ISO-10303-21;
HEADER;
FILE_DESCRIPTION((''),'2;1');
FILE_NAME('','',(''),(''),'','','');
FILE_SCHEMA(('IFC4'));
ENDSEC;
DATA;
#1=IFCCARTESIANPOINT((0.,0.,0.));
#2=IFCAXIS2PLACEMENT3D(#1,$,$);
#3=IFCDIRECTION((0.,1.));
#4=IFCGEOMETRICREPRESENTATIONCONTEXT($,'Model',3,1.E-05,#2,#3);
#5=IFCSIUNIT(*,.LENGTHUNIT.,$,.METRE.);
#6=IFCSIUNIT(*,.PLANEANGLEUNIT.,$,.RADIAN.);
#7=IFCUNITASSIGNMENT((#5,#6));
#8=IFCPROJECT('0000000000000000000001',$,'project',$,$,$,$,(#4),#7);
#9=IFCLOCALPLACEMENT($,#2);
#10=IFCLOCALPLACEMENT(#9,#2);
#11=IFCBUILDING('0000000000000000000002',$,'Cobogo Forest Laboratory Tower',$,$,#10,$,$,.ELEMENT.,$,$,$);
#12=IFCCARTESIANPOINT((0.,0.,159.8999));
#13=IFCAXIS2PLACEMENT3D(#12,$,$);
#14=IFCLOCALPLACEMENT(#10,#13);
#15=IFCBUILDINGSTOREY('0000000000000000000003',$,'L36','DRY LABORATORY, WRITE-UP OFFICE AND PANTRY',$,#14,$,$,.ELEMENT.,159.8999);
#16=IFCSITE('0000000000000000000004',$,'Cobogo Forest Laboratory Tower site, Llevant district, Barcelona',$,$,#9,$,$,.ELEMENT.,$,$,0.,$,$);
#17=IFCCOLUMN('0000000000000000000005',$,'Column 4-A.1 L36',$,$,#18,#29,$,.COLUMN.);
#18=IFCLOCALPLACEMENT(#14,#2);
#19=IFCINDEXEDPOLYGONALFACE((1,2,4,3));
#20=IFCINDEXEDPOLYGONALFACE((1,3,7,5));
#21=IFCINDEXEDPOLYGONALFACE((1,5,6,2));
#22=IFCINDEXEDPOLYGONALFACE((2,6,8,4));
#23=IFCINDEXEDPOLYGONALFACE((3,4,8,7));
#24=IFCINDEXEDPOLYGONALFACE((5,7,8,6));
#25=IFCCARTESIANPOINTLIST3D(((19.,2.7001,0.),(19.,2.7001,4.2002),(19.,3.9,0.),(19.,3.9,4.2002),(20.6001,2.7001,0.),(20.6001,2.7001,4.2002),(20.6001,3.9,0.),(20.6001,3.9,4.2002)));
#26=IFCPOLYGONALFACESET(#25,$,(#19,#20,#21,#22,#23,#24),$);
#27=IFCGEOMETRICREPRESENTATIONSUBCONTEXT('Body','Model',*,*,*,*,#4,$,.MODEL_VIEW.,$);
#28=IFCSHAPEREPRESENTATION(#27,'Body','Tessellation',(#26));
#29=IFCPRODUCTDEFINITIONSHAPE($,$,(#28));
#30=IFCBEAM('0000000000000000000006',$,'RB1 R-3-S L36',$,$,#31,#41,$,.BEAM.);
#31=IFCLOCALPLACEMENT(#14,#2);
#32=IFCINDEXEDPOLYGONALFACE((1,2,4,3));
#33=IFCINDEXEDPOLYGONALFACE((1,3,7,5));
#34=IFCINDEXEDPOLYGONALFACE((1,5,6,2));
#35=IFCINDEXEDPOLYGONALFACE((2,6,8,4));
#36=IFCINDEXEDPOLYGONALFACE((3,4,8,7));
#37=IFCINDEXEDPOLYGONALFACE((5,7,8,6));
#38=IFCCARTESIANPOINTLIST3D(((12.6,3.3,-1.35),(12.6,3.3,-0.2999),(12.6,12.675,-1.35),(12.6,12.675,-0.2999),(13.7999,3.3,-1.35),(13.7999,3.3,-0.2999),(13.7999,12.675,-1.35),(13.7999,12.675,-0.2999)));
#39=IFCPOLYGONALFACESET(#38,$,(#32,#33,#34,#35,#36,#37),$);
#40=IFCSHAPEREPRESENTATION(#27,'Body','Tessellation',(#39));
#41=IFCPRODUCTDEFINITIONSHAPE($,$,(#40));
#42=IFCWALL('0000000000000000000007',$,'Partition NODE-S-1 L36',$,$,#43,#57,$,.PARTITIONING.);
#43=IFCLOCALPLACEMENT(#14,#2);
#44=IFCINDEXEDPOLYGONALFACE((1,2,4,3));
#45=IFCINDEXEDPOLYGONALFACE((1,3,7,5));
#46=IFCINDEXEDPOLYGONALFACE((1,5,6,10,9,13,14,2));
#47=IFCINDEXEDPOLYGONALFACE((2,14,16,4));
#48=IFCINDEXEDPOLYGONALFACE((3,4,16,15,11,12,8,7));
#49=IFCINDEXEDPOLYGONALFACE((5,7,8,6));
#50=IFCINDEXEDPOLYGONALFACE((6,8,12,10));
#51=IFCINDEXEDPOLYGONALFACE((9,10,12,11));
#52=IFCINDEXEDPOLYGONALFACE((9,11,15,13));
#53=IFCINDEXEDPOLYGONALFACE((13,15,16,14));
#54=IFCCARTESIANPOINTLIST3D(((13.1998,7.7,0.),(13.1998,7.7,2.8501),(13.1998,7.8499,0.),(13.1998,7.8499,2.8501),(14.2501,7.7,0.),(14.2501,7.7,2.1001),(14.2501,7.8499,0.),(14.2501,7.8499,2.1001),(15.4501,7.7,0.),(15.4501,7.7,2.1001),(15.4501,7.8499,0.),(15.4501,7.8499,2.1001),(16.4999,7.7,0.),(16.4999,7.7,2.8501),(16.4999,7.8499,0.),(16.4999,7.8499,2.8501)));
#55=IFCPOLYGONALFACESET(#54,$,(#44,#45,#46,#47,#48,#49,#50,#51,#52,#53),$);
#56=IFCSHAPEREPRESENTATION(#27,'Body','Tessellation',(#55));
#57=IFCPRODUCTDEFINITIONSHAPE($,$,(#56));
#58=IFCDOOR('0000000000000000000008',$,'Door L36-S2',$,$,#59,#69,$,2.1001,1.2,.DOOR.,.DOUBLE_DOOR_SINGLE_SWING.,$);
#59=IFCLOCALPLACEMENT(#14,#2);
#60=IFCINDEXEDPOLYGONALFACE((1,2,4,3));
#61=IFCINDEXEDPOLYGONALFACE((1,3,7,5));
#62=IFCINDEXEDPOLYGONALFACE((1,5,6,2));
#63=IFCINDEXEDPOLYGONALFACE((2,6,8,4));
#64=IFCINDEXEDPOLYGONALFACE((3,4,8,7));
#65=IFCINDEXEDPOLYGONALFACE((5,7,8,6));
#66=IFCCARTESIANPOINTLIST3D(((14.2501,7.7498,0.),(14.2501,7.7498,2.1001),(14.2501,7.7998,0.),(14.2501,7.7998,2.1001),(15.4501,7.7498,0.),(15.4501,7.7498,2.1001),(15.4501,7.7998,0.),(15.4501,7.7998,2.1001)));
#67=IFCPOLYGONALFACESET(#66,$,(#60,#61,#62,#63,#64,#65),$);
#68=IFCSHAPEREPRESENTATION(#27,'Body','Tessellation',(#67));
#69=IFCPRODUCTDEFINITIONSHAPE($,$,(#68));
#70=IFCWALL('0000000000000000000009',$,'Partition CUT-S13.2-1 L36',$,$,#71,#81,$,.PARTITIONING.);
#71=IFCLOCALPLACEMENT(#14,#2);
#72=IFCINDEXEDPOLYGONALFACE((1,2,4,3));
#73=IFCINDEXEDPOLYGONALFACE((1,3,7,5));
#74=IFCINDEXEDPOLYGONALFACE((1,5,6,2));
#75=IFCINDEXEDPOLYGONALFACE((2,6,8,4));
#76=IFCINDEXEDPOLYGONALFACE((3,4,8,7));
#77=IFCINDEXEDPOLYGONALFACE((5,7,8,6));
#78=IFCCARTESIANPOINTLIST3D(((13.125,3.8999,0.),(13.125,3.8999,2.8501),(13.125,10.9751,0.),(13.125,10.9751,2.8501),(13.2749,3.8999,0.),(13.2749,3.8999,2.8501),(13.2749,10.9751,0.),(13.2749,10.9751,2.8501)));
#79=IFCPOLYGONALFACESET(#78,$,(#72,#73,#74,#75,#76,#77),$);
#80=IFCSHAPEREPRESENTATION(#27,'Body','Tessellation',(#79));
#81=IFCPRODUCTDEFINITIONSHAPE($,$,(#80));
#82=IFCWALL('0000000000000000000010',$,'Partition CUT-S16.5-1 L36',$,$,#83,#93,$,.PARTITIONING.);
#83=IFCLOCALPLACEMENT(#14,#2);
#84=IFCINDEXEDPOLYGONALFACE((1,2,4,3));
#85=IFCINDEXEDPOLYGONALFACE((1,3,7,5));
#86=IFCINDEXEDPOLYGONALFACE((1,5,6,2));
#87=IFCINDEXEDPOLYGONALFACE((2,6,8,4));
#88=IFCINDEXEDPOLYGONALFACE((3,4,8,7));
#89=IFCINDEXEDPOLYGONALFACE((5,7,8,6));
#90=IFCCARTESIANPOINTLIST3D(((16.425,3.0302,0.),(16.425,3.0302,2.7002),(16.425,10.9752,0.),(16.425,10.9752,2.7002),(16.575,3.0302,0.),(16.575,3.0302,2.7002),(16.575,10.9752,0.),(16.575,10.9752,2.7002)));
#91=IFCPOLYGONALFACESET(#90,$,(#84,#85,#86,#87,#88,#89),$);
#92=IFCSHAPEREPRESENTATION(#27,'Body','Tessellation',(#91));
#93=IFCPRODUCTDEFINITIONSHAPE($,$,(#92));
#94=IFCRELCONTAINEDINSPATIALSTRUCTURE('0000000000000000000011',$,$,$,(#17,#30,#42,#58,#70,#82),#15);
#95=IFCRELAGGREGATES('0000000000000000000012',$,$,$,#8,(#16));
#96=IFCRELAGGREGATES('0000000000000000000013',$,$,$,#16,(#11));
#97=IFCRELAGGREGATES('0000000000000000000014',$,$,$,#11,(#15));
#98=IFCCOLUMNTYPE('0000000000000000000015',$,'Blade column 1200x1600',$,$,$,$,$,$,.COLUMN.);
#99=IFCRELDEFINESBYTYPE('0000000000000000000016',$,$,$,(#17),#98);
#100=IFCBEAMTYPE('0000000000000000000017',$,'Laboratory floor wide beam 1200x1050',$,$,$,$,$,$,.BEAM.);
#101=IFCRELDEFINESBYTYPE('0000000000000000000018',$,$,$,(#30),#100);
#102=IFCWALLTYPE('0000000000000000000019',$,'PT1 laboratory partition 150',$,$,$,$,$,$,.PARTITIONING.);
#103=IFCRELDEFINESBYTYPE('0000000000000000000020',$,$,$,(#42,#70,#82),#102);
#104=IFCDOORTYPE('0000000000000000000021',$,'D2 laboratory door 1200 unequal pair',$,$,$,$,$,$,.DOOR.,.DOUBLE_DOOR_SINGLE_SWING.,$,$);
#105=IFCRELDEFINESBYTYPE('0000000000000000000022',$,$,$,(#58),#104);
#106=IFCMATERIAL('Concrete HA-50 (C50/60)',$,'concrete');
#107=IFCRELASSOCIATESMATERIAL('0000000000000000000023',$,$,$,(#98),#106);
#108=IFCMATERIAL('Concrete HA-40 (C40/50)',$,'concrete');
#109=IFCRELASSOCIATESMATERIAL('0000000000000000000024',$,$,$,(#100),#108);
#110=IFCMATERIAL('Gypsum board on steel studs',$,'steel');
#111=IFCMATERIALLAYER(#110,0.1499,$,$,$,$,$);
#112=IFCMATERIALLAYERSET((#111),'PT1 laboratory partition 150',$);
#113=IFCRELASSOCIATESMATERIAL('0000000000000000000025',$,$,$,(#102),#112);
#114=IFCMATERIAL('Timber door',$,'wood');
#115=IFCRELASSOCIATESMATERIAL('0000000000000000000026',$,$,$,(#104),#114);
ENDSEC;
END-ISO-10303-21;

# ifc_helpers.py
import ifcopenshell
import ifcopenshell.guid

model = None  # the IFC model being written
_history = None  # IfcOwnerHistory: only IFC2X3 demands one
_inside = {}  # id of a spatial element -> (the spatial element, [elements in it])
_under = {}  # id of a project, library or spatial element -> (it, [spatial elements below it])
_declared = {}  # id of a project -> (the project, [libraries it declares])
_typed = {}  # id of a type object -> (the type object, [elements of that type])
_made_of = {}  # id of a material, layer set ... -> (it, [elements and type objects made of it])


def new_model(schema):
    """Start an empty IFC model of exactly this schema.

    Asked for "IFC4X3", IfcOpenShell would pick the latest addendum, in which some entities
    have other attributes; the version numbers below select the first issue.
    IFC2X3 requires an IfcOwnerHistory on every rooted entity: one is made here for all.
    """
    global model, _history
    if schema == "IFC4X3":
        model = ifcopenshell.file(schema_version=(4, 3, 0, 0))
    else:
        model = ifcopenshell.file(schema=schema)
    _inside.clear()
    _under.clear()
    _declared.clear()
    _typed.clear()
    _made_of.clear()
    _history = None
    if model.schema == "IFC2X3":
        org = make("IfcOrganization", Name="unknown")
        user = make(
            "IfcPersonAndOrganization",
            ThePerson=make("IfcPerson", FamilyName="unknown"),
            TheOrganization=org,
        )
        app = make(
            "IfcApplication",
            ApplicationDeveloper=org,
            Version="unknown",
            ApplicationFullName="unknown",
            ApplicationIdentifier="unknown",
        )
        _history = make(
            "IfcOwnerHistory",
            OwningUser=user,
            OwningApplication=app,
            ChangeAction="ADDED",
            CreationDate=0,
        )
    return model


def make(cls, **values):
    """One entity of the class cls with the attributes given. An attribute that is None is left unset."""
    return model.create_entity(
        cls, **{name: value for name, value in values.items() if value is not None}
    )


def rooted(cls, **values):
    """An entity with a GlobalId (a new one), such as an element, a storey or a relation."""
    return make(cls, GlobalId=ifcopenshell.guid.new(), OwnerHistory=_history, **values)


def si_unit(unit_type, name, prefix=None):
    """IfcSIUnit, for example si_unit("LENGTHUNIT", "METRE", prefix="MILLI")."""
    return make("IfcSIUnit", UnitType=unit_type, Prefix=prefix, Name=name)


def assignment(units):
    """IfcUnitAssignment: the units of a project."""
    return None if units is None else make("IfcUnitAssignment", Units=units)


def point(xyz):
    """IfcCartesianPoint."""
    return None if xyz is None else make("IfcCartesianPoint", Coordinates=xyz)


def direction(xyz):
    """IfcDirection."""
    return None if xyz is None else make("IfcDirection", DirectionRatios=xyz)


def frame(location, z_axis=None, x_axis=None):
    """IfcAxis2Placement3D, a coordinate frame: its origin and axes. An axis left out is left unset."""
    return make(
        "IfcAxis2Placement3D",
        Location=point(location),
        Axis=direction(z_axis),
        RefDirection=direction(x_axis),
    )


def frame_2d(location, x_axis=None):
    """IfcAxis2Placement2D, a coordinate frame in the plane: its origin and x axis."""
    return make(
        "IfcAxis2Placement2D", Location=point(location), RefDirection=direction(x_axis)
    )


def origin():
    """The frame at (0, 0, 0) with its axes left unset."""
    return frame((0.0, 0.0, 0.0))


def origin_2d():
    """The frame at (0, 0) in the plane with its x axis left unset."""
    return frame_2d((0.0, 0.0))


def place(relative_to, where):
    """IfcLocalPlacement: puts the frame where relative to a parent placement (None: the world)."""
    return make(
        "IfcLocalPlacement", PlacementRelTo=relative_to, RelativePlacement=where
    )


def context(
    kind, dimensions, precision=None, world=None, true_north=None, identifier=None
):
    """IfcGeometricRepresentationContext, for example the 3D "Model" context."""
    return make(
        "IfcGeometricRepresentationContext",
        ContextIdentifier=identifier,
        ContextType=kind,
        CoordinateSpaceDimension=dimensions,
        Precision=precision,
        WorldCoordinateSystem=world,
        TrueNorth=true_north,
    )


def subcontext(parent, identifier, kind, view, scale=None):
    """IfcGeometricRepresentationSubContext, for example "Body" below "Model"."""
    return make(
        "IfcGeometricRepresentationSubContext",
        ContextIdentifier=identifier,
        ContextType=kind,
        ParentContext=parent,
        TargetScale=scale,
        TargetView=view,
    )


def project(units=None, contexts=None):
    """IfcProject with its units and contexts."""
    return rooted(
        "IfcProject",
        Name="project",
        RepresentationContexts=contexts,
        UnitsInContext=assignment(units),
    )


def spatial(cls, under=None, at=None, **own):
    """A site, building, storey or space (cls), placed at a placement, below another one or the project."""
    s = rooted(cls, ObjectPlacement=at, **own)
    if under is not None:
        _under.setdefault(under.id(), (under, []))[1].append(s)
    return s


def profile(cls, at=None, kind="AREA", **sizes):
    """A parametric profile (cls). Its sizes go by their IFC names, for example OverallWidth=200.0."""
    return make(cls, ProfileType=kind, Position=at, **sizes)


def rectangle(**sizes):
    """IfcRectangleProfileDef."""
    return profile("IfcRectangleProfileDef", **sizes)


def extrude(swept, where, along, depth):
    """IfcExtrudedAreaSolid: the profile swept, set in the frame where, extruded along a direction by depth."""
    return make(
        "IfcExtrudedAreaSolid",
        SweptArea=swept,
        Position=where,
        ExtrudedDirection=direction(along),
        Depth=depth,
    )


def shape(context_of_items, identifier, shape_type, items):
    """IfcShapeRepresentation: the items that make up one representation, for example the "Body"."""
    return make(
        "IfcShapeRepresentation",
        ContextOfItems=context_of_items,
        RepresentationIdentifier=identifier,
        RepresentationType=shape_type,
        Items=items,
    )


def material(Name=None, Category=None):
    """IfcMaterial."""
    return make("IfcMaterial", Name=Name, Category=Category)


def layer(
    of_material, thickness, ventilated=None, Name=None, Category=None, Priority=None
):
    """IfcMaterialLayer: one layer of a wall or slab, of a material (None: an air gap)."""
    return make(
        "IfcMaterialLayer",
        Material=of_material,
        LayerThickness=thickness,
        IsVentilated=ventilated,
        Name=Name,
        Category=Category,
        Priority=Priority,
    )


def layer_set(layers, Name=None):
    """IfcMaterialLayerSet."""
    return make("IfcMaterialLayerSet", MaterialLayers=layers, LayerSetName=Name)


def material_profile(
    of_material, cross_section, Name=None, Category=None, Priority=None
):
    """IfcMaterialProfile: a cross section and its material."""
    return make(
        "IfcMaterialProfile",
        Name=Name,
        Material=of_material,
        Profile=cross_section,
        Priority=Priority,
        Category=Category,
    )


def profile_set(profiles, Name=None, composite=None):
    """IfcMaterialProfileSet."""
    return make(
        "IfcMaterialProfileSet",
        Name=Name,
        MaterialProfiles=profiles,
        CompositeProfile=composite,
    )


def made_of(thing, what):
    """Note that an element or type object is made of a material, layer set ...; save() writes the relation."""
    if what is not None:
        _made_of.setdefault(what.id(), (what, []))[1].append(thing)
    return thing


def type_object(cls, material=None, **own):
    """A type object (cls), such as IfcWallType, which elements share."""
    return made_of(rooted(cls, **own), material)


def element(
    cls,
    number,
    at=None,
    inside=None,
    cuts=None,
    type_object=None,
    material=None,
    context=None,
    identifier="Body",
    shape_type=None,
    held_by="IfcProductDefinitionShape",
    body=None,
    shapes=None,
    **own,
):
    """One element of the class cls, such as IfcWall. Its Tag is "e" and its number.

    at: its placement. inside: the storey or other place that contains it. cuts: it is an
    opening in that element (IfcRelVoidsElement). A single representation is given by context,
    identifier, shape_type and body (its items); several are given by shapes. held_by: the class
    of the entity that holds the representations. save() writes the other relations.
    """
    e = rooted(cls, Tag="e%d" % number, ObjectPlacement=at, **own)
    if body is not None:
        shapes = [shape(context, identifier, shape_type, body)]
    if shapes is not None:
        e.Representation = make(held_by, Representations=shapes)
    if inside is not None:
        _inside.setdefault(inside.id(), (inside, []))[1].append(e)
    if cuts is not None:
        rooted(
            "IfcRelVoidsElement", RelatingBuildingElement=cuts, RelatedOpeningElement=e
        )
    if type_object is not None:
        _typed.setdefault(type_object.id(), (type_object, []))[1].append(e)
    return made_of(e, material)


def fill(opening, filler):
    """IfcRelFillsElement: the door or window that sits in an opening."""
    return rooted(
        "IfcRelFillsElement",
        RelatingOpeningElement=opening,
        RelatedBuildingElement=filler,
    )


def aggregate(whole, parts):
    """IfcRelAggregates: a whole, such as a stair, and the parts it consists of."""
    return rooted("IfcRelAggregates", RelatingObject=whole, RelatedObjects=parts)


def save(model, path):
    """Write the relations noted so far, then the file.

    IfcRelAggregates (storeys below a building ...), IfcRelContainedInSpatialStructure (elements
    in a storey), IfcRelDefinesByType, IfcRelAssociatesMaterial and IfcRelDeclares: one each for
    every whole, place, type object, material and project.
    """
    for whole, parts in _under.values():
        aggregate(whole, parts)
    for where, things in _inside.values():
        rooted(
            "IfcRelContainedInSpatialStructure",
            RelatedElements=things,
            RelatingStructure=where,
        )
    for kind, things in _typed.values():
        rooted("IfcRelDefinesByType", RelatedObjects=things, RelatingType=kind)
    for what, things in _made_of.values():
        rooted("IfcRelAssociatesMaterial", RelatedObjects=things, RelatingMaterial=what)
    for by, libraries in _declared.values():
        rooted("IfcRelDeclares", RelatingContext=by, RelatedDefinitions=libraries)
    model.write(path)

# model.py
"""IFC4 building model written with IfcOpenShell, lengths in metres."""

from ifc_helpers import new_model, si_unit, direction, frame, frame_2d, origin, origin_2d, place, context, subcontext, project, spatial, rectangle, extrude, material, layer, layer_set, material_profile, profile_set, type_object, element, fill, save


model = new_model("IFC4")

# Units and contexts
model_context = context("Model", 3, precision=1e-05, world=origin(), true_north=direction((0.0, 1.0)))
body_context = subcontext(model_context, "Body", "Model", "MODEL_VIEW")
ifc_project = project(units=[si_unit("LENGTHUNIT", "METRE"), si_unit("PLANEANGLEUNIT", "RADIAN")], contexts=[model_context])

# Site, building, storey
site_placement = place(None, origin())
site = spatial("IfcSite", under=ifc_project, at=site_placement, Name="Cobogo Forest Laboratory Tower site, Llevant district, Barcelona", CompositionType="ELEMENT", RefElevation=0.0)
building_placement = place(site_placement, origin())
building = spatial("IfcBuilding", under=site, at=building_placement, Name="Cobogo Forest Laboratory Tower", CompositionType="ELEMENT")
storey_placement = place(building_placement, frame((0.0, 0.0, 159.8999)))
storey = spatial("IfcBuildingStorey", under=building, at=storey_placement, Name="L36", Description="DRY LABORATORY, WRITE-UP OFFICE AND PANTRY", CompositionType="ELEMENT", Elevation=159.8999)

# Column
ifc_material_1 = material(Name="Concrete HA-50 (C50/60)", Category="concrete")
ifc_material_profile_1 = material_profile(ifc_material_1, rectangle(XDim=1.6001, YDim=1.2, at=origin_2d()), Name="RC 1200x1600")
ifc_profile_set_1 = profile_set([ifc_material_profile_1], Name="Concrete HA-50 (C50/60)")
column_type = type_object("IfcColumnType", Name="Blade column 1200x1600", PredefinedType="COLUMN", material=ifc_profile_set_1)
column_placement = place(storey_placement, frame((19.8, 3.3, 0.0), z_axis=(0.0, 0.0, 1.0), x_axis=(1.0, 0.0, 0.0)))
element("IfcColumn", 1, at=column_placement, inside=storey, type_object=column_type, Name="Column 4-A.1 L36", PredefinedType="COLUMN", context=body_context, shape_type="SweptSolid", body=[
    extrude(rectangle(XDim=1.6001, YDim=1.2, at=origin_2d()), origin(), (0.0, 0.0, 1.0), 4.2002),
])

# Beam
ifc_material_2 = material(Name="Concrete HA-40 (C40/50)", Category="concrete")
ifc_material_profile_2 = material_profile(ifc_material_2, rectangle(XDim=1.2, YDim=1.05, at=origin_2d()), Name="RC 1200x1050")
ifc_profile_set_2 = profile_set([ifc_material_profile_2], Name="Concrete HA-40 (C40/50)")
beam_type = type_object("IfcBeamType", Name="Laboratory floor wide beam 1200x1050", PredefinedType="BEAM", material=ifc_profile_set_2)
beam_placement = place(storey_placement, frame((13.2, 12.675, -0.825), z_axis=(0.0, -1.0, 0.0), x_axis=(1.0, 0.0, 0.0)))
element("IfcBeam", 2, at=beam_placement, inside=storey, type_object=beam_type, Name="RB1 R-3-S L36", PredefinedType="BEAM", context=body_context, shape_type="SweptSolid", body=[
    extrude(rectangle(XDim=1.2, YDim=1.05, at=origin_2d()), origin(), (0.0, 0.0, 1.0), 9.375),
])

# Wall, opening, door
ifc_material_3 = material(Name="Gypsum board on steel studs", Category="steel")
ifc_layer_1 = layer(ifc_material_3, 0.1499)
ifc_layer_set_1 = layer_set([ifc_layer_1], Name="PT1 laboratory partition 150")
wall_type_1 = type_object("IfcWallType", Name="PT1 laboratory partition 150", PredefinedType="PARTITIONING", material=ifc_layer_set_1)
wall_1_placement = place(storey_placement, frame((13.2, 7.7749, 0.0), z_axis=(0.0, 0.0, 1.0), x_axis=(1.0, 0.0, 0.0)))
wall_1 = element("IfcWall", 3, at=wall_1_placement, inside=storey, type_object=wall_type_1, Name="Partition NODE-S-1 L36", PredefinedType="PARTITIONING", context=body_context, shape_type="SweptSolid", body=[
    extrude(rectangle(XDim=3.3, YDim=0.1499, at=frame_2d((1.6499, 0.0))), origin(), (0.0, 0.0, 1.0), 2.8501),
])
opening_1_placement = place(wall_1_placement, frame((1.05, 0.0, 0.0)))
opening_1 = element("IfcOpeningElement", 4, at=opening_1_placement, cuts=wall_1, PredefinedType="OPENING", context=body_context, shape_type="SweptSolid", body=[
    extrude(rectangle(XDim=1.2, YDim=2.1001, at=frame_2d((0.6001, 1.05))), frame((0.0, 0.085, 0.0), z_axis=(0.0, -1.0, 0.0), x_axis=(1.0, 0.0, 0.0)), (0.0, 0.0, 1.0), 0.1699),
])
ifc_material_4 = material(Name="Timber door", Category="wood")
door_type_1 = type_object("IfcDoorType", Name="D2 laboratory door 1200 unequal pair", OperationType="DOUBLE_DOOR_SINGLE_SWING", PredefinedType="DOOR", material=ifc_material_4)
door_1_placement = place(opening_1_placement, origin())
door_1 = element("IfcDoor", 5, at=door_1_placement, inside=storey, type_object=door_type_1, Name="Door L36-S2", OperationType="DOUBLE_DOOR_SINGLE_SWING", OverallHeight=2.1001, OverallWidth=1.2, PredefinedType="DOOR", context=body_context, shape_type="SweptSolid", body=[
    extrude(rectangle(XDim=1.2, YDim=2.1001, at=frame_2d((0.6001, 1.05))), frame((0.0, 0.0249, 0.0), z_axis=(0.0, -1.0, 0.0), x_axis=(1.0, 0.0, 0.0)), (0.0, 0.0, 1.0), 0.05),
])
fill(opening_1, door_1)

# Walls
wall_2_placement = place(storey_placement, frame((13.2, 3.8999, 0.0), z_axis=(0.0, 0.0, 1.0), x_axis=(0.0, 1.0, 0.0)))
element("IfcWall", 6, at=wall_2_placement, inside=storey, type_object=wall_type_1, Name="Partition CUT-S13.2-1 L36", PredefinedType="PARTITIONING", context=body_context, shape_type="SweptSolid", body=[
    extrude(rectangle(XDim=7.0752, YDim=0.1499, at=frame_2d((3.5376, 0.0))), origin(), (0.0, 0.0, 1.0), 2.8501),
])
wall_3_placement = place(storey_placement, frame((16.5, 3.03, 0.0), z_axis=(0.0, 0.0, 1.0), x_axis=(0.0, 1.0, 0.0)))
element("IfcWall", 7, at=wall_3_placement, inside=storey, type_object=wall_type_1, Name="Partition CUT-S16.5-1 L36", PredefinedType="PARTITIONING", context=body_context, shape_type="SweptSolid", body=[
    extrude(rectangle(XDim=7.9451, YDim=0.1499, at=frame_2d((3.9727, 0.0))), origin(), (0.0, 0.0, 1.0), 2.7002),
])

save(model, "model.ifc")
